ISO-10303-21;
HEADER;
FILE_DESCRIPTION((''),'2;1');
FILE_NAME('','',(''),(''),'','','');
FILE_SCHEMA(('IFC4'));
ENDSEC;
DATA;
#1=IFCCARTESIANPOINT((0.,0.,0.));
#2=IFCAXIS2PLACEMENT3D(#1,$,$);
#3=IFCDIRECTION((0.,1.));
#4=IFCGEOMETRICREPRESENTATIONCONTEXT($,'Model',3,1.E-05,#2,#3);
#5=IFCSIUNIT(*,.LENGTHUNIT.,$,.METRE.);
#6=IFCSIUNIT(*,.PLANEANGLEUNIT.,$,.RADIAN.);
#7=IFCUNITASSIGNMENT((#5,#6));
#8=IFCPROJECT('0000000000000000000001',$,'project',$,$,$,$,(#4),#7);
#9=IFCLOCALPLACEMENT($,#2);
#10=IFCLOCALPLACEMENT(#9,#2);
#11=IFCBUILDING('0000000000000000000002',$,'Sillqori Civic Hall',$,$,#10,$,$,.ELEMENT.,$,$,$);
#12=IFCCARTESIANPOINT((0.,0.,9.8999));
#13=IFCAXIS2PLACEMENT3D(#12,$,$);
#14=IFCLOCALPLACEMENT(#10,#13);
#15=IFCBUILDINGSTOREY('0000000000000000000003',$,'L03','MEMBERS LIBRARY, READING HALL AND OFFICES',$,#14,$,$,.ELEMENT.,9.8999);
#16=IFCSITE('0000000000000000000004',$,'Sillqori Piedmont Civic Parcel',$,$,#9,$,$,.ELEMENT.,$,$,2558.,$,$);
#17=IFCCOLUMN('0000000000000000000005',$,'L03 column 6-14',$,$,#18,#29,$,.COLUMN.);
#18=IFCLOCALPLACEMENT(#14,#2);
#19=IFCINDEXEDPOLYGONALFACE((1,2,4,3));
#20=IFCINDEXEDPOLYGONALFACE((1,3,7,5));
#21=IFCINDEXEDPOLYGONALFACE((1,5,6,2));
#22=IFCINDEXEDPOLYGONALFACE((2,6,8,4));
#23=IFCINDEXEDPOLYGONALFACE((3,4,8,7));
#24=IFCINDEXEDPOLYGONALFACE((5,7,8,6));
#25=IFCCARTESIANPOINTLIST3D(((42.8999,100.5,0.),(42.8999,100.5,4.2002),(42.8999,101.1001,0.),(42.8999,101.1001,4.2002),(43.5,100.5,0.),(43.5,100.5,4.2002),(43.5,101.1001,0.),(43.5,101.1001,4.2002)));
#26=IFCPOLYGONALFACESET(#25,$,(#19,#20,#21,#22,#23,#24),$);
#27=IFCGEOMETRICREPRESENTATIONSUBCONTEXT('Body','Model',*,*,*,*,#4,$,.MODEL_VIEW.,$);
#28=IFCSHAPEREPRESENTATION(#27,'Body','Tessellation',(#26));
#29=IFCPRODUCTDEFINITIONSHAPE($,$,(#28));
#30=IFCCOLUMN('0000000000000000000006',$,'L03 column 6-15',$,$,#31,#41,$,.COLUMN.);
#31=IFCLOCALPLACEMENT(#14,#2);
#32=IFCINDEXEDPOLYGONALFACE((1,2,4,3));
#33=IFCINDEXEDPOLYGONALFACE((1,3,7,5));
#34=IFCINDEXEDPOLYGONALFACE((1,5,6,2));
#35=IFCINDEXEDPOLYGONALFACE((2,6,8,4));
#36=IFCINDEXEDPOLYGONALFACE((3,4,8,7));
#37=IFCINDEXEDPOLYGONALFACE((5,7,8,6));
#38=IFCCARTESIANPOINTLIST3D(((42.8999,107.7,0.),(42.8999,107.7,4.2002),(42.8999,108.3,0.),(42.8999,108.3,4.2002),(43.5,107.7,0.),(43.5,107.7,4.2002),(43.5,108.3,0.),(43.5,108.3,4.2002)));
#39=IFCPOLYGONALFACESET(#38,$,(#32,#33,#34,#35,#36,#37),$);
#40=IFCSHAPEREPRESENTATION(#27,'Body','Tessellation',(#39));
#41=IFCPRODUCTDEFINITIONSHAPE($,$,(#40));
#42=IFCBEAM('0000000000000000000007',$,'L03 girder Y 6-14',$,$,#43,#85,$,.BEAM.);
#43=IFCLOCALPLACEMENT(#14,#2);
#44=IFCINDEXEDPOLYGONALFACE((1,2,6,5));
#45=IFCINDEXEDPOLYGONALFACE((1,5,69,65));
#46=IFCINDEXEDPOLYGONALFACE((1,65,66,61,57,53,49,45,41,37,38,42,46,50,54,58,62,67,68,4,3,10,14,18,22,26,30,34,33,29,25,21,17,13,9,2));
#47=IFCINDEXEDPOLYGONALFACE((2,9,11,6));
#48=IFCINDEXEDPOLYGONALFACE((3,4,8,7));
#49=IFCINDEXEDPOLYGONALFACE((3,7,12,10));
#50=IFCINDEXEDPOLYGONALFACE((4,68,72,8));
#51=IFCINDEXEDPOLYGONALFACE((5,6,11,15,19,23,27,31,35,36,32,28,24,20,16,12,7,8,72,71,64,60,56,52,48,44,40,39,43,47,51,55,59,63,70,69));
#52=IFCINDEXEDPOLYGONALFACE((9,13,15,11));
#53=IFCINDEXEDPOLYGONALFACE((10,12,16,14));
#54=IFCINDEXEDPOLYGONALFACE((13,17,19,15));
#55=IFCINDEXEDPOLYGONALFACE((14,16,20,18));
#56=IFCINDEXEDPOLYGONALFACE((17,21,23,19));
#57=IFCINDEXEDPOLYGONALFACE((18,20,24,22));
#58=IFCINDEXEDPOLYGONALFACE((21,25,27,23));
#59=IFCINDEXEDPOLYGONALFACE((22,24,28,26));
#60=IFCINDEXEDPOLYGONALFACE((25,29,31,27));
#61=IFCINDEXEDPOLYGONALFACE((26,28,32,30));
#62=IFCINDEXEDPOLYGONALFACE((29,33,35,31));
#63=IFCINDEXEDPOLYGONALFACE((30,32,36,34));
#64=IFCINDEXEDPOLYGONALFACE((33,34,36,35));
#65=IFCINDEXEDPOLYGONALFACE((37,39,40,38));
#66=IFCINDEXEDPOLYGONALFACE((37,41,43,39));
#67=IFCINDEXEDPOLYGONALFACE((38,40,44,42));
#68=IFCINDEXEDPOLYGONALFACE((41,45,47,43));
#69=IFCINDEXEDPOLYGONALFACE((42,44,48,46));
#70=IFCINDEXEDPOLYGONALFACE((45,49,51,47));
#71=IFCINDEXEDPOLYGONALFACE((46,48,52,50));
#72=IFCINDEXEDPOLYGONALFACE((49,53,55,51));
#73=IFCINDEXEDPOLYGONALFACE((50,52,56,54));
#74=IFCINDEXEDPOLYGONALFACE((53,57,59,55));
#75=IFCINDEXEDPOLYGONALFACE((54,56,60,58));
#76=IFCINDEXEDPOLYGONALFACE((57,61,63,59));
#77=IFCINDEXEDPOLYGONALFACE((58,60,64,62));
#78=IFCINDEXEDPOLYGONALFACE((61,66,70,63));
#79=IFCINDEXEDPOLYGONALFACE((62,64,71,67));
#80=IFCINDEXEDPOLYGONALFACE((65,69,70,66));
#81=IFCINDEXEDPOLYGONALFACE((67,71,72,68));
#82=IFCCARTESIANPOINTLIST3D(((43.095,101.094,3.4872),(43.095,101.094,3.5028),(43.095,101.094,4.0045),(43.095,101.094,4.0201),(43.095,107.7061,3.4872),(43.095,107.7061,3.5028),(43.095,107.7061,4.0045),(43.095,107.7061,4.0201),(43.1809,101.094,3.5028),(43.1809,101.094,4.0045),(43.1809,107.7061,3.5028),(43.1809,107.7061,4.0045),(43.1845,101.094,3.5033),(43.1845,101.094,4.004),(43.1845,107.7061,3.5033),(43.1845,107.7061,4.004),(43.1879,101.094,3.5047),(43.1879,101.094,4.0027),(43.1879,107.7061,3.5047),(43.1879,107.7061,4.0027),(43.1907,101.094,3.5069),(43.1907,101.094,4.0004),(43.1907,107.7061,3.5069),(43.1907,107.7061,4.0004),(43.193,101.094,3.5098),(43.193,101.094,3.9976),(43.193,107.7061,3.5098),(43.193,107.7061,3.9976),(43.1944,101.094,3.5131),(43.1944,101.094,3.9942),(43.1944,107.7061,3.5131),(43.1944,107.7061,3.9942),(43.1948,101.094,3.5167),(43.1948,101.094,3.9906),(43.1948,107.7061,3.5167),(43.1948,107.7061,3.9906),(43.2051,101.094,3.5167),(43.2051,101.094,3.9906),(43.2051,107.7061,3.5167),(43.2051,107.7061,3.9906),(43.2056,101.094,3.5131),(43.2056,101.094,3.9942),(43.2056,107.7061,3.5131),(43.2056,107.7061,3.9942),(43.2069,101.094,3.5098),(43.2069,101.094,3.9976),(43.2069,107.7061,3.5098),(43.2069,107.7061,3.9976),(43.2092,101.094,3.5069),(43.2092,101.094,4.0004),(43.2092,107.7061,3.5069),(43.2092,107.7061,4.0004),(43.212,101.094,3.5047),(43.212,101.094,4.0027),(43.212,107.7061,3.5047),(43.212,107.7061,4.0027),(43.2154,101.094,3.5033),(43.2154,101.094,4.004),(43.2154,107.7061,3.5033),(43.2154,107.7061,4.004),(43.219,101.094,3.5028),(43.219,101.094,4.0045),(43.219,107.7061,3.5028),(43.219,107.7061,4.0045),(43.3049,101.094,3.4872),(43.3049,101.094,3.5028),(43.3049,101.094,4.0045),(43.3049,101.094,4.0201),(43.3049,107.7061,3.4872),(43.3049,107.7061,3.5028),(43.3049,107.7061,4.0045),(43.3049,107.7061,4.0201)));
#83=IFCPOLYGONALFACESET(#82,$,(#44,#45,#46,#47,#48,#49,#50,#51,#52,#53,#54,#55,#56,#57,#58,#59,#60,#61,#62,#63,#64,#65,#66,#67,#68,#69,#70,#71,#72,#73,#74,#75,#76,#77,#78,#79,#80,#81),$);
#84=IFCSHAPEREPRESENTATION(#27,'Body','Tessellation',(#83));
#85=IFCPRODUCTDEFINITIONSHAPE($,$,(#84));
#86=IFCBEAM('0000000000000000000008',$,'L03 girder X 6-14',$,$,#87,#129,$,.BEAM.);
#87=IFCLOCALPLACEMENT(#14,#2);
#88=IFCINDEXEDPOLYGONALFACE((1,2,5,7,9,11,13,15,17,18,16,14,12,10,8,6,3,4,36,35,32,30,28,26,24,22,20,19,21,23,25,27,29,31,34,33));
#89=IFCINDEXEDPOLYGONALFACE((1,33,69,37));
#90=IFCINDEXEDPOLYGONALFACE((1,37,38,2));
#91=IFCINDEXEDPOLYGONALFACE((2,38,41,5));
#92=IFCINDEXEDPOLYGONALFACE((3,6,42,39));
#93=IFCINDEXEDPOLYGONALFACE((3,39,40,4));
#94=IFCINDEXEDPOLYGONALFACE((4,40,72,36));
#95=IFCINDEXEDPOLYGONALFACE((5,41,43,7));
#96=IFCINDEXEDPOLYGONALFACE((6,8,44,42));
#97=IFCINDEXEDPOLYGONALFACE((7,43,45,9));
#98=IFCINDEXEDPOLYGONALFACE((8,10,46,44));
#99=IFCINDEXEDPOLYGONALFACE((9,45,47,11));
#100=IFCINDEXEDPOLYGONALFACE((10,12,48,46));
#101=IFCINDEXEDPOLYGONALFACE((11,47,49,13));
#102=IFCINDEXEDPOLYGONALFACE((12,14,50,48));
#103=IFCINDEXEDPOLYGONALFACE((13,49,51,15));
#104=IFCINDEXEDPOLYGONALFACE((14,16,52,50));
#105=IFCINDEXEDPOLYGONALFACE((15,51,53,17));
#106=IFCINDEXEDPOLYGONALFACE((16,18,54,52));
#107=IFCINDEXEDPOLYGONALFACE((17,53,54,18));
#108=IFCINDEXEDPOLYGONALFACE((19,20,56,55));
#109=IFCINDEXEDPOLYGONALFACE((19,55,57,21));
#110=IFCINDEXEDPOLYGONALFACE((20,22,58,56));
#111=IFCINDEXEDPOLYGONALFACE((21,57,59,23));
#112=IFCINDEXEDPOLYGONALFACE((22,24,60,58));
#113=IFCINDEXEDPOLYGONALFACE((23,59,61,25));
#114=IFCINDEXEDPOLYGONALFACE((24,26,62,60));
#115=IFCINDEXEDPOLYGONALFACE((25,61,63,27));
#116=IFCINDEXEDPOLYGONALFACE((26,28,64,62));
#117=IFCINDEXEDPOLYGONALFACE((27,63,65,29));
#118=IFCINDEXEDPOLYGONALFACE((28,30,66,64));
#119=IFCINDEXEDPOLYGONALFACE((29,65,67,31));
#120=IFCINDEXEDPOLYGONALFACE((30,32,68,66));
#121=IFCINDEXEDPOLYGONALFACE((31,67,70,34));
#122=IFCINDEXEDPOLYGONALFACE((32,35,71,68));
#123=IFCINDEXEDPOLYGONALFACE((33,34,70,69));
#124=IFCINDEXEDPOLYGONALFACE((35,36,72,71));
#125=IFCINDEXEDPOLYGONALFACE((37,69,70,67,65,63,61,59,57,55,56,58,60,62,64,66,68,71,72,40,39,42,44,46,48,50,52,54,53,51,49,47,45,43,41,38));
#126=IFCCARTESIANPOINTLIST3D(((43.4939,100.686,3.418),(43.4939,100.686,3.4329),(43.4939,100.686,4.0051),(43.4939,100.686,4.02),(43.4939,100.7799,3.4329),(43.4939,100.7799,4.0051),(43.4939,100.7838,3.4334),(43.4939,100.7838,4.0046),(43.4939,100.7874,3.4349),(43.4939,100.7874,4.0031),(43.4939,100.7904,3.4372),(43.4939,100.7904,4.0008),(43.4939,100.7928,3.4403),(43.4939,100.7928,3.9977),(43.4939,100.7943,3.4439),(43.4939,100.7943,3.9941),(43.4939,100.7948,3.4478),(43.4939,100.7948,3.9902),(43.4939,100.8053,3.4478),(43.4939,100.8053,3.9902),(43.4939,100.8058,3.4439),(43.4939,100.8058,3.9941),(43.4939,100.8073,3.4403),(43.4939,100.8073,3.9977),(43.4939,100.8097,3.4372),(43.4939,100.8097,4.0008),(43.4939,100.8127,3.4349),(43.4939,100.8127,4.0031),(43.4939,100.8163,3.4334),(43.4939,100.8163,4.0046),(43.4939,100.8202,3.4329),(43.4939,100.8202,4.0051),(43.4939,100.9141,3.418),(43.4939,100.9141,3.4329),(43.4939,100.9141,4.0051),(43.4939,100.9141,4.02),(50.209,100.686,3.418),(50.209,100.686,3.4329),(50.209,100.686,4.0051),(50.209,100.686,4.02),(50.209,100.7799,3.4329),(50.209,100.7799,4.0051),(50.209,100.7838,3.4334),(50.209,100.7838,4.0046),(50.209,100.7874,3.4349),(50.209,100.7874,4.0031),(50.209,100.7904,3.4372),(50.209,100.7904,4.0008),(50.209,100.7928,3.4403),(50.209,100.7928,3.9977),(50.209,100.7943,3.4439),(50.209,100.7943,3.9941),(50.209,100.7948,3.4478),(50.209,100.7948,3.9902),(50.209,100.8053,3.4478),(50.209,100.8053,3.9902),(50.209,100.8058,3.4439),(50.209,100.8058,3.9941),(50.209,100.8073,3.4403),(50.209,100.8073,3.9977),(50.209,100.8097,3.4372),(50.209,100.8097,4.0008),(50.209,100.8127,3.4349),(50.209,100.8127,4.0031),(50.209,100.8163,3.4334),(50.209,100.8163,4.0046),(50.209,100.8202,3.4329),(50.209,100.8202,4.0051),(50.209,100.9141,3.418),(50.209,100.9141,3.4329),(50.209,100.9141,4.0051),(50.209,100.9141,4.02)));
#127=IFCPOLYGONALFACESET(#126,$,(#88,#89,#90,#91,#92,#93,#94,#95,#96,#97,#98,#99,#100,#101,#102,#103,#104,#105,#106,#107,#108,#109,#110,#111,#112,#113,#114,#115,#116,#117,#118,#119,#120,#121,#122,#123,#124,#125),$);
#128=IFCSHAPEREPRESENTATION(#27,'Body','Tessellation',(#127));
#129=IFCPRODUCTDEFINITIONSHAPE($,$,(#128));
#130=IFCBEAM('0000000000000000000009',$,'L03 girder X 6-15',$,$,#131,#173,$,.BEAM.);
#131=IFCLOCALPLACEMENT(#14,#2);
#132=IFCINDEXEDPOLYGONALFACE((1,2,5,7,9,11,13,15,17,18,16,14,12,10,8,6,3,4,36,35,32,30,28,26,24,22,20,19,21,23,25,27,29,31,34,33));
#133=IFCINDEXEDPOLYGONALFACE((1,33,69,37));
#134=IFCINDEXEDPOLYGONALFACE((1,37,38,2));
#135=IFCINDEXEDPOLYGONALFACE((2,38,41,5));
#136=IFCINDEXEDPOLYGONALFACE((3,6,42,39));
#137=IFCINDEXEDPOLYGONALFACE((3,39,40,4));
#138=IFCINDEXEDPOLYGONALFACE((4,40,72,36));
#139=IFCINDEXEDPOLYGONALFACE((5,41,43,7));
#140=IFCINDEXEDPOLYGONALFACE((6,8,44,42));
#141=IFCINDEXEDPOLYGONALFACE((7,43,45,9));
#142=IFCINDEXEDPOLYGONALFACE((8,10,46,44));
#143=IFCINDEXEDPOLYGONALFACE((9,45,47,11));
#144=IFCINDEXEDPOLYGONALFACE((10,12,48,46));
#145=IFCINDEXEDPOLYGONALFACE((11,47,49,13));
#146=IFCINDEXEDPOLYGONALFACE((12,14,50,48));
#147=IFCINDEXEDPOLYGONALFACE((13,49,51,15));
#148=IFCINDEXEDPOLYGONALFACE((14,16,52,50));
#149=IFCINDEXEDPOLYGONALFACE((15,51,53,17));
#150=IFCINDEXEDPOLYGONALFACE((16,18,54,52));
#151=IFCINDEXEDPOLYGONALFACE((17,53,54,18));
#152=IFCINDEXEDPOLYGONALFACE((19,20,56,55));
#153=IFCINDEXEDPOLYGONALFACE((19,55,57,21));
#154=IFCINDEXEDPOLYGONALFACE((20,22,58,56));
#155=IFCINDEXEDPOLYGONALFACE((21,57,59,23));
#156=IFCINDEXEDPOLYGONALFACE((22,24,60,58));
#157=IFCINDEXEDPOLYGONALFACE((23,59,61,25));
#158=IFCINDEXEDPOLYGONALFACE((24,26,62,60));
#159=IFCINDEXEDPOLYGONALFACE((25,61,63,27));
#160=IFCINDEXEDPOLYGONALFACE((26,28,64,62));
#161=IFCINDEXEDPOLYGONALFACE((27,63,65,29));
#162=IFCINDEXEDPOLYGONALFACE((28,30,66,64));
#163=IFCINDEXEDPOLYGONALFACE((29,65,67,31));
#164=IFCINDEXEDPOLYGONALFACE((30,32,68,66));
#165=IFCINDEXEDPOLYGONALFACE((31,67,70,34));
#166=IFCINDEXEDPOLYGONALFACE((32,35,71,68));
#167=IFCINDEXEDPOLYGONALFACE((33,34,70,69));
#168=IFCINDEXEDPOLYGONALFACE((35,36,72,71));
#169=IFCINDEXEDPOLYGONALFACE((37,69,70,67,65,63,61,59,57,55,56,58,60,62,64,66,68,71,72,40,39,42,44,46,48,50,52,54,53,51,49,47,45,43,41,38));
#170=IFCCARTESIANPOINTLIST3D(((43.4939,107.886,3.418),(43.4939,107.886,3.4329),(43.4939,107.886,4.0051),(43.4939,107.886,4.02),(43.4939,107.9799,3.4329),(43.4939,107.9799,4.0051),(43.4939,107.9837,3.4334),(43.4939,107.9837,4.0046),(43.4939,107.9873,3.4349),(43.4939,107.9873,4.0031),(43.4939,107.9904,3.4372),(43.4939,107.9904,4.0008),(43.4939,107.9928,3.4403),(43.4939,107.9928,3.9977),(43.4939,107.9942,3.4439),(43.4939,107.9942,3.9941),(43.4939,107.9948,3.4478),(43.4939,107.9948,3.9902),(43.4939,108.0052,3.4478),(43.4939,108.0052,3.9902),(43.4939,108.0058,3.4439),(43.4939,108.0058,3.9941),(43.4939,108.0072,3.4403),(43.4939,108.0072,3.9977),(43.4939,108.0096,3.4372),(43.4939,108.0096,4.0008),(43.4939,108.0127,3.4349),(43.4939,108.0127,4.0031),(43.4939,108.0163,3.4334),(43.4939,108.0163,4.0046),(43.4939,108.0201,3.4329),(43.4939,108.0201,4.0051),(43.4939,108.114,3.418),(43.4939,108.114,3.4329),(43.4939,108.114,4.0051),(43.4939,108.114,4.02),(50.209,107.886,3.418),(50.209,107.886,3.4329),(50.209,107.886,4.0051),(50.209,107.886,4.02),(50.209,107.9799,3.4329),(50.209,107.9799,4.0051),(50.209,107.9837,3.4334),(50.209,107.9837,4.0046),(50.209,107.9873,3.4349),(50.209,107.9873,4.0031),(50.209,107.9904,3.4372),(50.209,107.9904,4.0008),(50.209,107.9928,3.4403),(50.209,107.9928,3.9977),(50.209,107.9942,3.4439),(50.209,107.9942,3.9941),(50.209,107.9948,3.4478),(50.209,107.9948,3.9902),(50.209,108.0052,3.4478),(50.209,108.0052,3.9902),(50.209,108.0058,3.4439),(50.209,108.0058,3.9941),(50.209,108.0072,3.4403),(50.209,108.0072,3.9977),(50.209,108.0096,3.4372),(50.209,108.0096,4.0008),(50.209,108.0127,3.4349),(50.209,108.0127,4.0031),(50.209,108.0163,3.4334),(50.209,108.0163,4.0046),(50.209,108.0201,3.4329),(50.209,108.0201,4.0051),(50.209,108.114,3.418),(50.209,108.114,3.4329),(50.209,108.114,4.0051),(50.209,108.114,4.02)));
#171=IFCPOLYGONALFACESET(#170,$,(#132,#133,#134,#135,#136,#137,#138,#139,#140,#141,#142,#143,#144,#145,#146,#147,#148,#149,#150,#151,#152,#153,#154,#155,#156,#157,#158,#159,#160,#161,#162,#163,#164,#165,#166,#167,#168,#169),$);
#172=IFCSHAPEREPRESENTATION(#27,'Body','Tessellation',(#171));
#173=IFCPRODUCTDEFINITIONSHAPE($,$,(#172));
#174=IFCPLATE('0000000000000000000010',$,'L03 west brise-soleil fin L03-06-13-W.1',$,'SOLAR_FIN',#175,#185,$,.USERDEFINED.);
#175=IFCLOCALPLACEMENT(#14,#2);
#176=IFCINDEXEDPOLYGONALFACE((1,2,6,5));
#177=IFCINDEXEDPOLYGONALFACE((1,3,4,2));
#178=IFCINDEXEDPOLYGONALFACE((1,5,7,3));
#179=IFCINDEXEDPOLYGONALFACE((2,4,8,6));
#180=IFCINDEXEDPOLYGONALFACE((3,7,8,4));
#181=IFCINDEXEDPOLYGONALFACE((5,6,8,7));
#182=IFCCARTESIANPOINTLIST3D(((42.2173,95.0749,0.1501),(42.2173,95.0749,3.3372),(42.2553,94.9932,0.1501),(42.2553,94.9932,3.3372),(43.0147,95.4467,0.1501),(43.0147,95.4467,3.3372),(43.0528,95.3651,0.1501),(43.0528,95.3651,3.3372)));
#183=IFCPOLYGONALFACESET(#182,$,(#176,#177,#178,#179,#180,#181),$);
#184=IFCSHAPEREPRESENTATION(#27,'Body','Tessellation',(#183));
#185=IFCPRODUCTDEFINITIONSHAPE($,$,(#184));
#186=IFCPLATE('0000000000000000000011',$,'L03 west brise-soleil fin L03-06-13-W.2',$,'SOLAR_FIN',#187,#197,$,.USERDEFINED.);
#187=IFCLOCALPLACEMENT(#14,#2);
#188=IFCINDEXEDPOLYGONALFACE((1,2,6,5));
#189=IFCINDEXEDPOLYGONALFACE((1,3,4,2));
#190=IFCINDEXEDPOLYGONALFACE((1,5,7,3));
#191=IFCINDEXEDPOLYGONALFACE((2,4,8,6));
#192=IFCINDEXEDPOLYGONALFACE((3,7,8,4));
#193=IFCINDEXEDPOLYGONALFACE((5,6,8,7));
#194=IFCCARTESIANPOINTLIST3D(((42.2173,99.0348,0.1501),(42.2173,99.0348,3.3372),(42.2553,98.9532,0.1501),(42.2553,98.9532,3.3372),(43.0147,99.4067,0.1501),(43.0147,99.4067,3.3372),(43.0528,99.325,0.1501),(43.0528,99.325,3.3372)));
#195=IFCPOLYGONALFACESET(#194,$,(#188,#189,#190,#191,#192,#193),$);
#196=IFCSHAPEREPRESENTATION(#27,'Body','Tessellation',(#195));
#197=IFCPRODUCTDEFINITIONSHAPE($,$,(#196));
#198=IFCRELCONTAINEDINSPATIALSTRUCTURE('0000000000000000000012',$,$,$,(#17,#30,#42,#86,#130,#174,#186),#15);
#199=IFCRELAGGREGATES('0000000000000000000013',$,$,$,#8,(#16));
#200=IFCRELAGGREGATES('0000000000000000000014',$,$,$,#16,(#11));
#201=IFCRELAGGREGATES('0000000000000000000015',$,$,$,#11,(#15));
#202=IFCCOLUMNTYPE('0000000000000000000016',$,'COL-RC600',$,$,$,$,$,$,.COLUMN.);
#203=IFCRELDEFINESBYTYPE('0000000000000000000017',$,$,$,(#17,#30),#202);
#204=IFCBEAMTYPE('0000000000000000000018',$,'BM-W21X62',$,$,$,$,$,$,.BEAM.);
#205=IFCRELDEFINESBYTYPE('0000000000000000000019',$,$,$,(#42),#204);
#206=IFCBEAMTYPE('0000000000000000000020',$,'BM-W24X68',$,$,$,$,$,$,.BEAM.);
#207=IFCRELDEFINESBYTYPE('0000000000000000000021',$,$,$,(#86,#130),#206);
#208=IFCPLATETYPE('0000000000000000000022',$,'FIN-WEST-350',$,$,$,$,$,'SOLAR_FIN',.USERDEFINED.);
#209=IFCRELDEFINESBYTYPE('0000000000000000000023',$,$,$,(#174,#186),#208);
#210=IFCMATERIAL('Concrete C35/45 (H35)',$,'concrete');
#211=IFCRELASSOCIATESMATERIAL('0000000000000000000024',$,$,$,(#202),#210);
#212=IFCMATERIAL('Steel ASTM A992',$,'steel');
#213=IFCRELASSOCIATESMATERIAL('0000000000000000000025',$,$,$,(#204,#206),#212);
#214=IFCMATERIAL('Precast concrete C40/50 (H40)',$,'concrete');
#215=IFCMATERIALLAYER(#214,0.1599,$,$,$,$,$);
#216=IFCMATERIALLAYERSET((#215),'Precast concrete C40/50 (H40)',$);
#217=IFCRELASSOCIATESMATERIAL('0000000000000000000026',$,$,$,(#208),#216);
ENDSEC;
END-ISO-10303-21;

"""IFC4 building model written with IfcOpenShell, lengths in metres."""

from ifc_helpers import new_model, si_unit, direction, frame, origin, origin_2d, place, context, subcontext, project, spatial, rectangle, i_section, extrude, material, layer, layer_set, material_profile, profile_set, type_object, element, save


model = new_model("IFC4")

# Units and contexts
model_context = context("Model", 3, precision=1e-05, world=origin(), true_north=direction((0.0, 1.0)))
body_context = subcontext(model_context, "Body", "Model", "MODEL_VIEW")
ifc_project = project(units=[si_unit("LENGTHUNIT", "METRE"), si_unit("PLANEANGLEUNIT", "RADIAN")], contexts=[model_context])

# Site, building, storey
site_placement = place(None, origin())
site = spatial("IfcSite", under=ifc_project, at=site_placement, Name="Sillqori Piedmont Civic Parcel", CompositionType="ELEMENT", RefElevation=2558.0)
building_placement = place(site_placement, origin())
building = spatial("IfcBuilding", under=site, at=building_placement, Name="Sillqori Civic Hall", CompositionType="ELEMENT")
storey_placement = place(building_placement, frame((0.0, 0.0, 9.8999)))
storey = spatial("IfcBuildingStorey", under=building, at=storey_placement, Name="L03", Description="MEMBERS LIBRARY, READING HALL AND OFFICES", CompositionType="ELEMENT", Elevation=9.8999)

# Columns
ifc_material_1 = material(Name="Concrete C35/45 (H35)", Category="concrete")
ifc_material_profile_1 = material_profile(ifc_material_1, rectangle(XDim=0.6001, YDim=0.6001, at=origin_2d()), Name="RC 600x600")
ifc_profile_set_1 = profile_set([ifc_material_profile_1], Name="Concrete C35/45 (H35)")
column_type = type_object("IfcColumnType", Name="COL-RC600", PredefinedType="COLUMN", material=ifc_profile_set_1)
for number, where, z_axis, x_axis, name in (
    (1, (43.2, 100.8, 0.0), (0.0, 0.0, 1.0), (1.0, 0.0, 0.0), "L03 column 6-14"),
    (2, (43.2, 108.0, 0.0), (0.0, 0.0, 1.0), (1.0, 0.0, 0.0), "L03 column 6-15"),
):
    element("IfcColumn", number, at=place(storey_placement, frame(where, z_axis=z_axis, x_axis=x_axis)), inside=storey, type_object=column_type, Name=name, PredefinedType="COLUMN", context=body_context, shape_type="SweptSolid", body=[
        extrude(rectangle(XDim=0.6001, YDim=0.6001, at=origin_2d()), origin(), (0.0, 0.0, 1.0), 4.2002),
    ])

# Beams
ifc_material_2 = material(Name="Steel ASTM A992", Category="steel")
ifc_material_profile_2 = material_profile(ifc_material_2, i_section(OverallWidth=0.21, OverallDepth=0.533, WebThickness=0.0103, FlangeThickness=0.0156, FilletRadius=0.0139, at=origin_2d()), Name="W21X62")
ifc_profile_set_2 = profile_set([ifc_material_profile_2], Name="Steel ASTM A992")
beam_type_1 = type_object("IfcBeamType", Name="BM-W21X62", PredefinedType="BEAM", material=ifc_profile_set_2)
beam_placement = place(storey_placement, frame((43.2, 101.094, 3.7537), z_axis=(0.0, 1.0, 0.0), x_axis=(-1.0, 0.0, 0.0)))
element("IfcBeam", 3, at=beam_placement, inside=storey, type_object=beam_type_1, Name="L03 girder Y 6-14", PredefinedType="BEAM", context=body_context, shape_type="SweptSolid", body=[
    extrude(i_section(OverallWidth=0.21, OverallDepth=0.533, WebThickness=0.0103, FlangeThickness=0.0156, FilletRadius=0.0139, at=origin_2d()), origin(), (0.0, 0.0, 1.0), 6.6121),
])
ifc_material_profile_3 = material_profile(ifc_material_2, i_section(OverallWidth=0.228, OverallDepth=0.6021, WebThickness=0.0105, FlangeThickness=0.0149, FilletRadius=0.0149, at=origin_2d()), Name="W24X68")
ifc_profile_set_3 = profile_set([ifc_material_profile_3], Name="Steel ASTM A992")
beam_type_2 = type_object("IfcBeamType", Name="BM-W24X68", PredefinedType="BEAM", material=ifc_profile_set_3)
for number, where, z_axis, x_axis, name in (
    (4, (43.4939, 100.8, 3.719), (1.0, 0.0, 0.0), (0.0, 1.0, 0.0), "L03 girder X 6-14"),
    (5, (43.4939, 108.0, 3.719), (1.0, 0.0, 0.0), (0.0, 1.0, 0.0), "L03 girder X 6-15"),
):
    element("IfcBeam", number, at=place(storey_placement, frame(where, z_axis=z_axis, x_axis=x_axis)), inside=storey, type_object=beam_type_2, Name=name, PredefinedType="BEAM", context=body_context, shape_type="SweptSolid", body=[
        extrude(i_section(OverallWidth=0.228, OverallDepth=0.6021, WebThickness=0.0105, FlangeThickness=0.0149, FilletRadius=0.0149, at=origin_2d()), origin(), (0.0, 0.0, 1.0), 6.7151),
    ])

# Plates
ifc_material_3 = material(Name="Precast concrete C40/50 (H40)", Category="concrete")
ifc_layer_1 = layer(ifc_material_3, 0.1599)
ifc_layer_set_1 = layer_set([ifc_layer_1], Name="Precast concrete C40/50 (H40)")
plate_type_1 = type_object("IfcPlateType", Name="FIN-WEST-350", ElementType="SOLAR_FIN", PredefinedType="USERDEFINED", material=ifc_layer_set_1)
for number, where, z_axis, x_axis, name in (
    (6, (42.635, 95.22, 0.1501), (0.0, 0.0, 1.0), (-0.422618, 0.906308, 0.0), "L03 west brise-soleil fin L03-06-13-W.1"),
    (7, (42.635, 99.1799, 0.1501), (0.0, 0.0, 1.0), (-0.422618, 0.906308, 0.0), "L03 west brise-soleil fin L03-06-13-W.2"),
):
    element("IfcPlate", number, at=place(storey_placement, frame(where, z_axis=z_axis, x_axis=x_axis)), inside=storey, type_object=plate_type_1, Name=name, ObjectType="SOLAR_FIN", PredefinedType="USERDEFINED", context=body_context, shape_type="SweptSolid", body=[
        extrude(rectangle(XDim=0.0901, YDim=0.8799, at=origin_2d()), origin(), (0.0, 0.0, 1.0), 3.187),
    ])

save(model, "model.ifc")
